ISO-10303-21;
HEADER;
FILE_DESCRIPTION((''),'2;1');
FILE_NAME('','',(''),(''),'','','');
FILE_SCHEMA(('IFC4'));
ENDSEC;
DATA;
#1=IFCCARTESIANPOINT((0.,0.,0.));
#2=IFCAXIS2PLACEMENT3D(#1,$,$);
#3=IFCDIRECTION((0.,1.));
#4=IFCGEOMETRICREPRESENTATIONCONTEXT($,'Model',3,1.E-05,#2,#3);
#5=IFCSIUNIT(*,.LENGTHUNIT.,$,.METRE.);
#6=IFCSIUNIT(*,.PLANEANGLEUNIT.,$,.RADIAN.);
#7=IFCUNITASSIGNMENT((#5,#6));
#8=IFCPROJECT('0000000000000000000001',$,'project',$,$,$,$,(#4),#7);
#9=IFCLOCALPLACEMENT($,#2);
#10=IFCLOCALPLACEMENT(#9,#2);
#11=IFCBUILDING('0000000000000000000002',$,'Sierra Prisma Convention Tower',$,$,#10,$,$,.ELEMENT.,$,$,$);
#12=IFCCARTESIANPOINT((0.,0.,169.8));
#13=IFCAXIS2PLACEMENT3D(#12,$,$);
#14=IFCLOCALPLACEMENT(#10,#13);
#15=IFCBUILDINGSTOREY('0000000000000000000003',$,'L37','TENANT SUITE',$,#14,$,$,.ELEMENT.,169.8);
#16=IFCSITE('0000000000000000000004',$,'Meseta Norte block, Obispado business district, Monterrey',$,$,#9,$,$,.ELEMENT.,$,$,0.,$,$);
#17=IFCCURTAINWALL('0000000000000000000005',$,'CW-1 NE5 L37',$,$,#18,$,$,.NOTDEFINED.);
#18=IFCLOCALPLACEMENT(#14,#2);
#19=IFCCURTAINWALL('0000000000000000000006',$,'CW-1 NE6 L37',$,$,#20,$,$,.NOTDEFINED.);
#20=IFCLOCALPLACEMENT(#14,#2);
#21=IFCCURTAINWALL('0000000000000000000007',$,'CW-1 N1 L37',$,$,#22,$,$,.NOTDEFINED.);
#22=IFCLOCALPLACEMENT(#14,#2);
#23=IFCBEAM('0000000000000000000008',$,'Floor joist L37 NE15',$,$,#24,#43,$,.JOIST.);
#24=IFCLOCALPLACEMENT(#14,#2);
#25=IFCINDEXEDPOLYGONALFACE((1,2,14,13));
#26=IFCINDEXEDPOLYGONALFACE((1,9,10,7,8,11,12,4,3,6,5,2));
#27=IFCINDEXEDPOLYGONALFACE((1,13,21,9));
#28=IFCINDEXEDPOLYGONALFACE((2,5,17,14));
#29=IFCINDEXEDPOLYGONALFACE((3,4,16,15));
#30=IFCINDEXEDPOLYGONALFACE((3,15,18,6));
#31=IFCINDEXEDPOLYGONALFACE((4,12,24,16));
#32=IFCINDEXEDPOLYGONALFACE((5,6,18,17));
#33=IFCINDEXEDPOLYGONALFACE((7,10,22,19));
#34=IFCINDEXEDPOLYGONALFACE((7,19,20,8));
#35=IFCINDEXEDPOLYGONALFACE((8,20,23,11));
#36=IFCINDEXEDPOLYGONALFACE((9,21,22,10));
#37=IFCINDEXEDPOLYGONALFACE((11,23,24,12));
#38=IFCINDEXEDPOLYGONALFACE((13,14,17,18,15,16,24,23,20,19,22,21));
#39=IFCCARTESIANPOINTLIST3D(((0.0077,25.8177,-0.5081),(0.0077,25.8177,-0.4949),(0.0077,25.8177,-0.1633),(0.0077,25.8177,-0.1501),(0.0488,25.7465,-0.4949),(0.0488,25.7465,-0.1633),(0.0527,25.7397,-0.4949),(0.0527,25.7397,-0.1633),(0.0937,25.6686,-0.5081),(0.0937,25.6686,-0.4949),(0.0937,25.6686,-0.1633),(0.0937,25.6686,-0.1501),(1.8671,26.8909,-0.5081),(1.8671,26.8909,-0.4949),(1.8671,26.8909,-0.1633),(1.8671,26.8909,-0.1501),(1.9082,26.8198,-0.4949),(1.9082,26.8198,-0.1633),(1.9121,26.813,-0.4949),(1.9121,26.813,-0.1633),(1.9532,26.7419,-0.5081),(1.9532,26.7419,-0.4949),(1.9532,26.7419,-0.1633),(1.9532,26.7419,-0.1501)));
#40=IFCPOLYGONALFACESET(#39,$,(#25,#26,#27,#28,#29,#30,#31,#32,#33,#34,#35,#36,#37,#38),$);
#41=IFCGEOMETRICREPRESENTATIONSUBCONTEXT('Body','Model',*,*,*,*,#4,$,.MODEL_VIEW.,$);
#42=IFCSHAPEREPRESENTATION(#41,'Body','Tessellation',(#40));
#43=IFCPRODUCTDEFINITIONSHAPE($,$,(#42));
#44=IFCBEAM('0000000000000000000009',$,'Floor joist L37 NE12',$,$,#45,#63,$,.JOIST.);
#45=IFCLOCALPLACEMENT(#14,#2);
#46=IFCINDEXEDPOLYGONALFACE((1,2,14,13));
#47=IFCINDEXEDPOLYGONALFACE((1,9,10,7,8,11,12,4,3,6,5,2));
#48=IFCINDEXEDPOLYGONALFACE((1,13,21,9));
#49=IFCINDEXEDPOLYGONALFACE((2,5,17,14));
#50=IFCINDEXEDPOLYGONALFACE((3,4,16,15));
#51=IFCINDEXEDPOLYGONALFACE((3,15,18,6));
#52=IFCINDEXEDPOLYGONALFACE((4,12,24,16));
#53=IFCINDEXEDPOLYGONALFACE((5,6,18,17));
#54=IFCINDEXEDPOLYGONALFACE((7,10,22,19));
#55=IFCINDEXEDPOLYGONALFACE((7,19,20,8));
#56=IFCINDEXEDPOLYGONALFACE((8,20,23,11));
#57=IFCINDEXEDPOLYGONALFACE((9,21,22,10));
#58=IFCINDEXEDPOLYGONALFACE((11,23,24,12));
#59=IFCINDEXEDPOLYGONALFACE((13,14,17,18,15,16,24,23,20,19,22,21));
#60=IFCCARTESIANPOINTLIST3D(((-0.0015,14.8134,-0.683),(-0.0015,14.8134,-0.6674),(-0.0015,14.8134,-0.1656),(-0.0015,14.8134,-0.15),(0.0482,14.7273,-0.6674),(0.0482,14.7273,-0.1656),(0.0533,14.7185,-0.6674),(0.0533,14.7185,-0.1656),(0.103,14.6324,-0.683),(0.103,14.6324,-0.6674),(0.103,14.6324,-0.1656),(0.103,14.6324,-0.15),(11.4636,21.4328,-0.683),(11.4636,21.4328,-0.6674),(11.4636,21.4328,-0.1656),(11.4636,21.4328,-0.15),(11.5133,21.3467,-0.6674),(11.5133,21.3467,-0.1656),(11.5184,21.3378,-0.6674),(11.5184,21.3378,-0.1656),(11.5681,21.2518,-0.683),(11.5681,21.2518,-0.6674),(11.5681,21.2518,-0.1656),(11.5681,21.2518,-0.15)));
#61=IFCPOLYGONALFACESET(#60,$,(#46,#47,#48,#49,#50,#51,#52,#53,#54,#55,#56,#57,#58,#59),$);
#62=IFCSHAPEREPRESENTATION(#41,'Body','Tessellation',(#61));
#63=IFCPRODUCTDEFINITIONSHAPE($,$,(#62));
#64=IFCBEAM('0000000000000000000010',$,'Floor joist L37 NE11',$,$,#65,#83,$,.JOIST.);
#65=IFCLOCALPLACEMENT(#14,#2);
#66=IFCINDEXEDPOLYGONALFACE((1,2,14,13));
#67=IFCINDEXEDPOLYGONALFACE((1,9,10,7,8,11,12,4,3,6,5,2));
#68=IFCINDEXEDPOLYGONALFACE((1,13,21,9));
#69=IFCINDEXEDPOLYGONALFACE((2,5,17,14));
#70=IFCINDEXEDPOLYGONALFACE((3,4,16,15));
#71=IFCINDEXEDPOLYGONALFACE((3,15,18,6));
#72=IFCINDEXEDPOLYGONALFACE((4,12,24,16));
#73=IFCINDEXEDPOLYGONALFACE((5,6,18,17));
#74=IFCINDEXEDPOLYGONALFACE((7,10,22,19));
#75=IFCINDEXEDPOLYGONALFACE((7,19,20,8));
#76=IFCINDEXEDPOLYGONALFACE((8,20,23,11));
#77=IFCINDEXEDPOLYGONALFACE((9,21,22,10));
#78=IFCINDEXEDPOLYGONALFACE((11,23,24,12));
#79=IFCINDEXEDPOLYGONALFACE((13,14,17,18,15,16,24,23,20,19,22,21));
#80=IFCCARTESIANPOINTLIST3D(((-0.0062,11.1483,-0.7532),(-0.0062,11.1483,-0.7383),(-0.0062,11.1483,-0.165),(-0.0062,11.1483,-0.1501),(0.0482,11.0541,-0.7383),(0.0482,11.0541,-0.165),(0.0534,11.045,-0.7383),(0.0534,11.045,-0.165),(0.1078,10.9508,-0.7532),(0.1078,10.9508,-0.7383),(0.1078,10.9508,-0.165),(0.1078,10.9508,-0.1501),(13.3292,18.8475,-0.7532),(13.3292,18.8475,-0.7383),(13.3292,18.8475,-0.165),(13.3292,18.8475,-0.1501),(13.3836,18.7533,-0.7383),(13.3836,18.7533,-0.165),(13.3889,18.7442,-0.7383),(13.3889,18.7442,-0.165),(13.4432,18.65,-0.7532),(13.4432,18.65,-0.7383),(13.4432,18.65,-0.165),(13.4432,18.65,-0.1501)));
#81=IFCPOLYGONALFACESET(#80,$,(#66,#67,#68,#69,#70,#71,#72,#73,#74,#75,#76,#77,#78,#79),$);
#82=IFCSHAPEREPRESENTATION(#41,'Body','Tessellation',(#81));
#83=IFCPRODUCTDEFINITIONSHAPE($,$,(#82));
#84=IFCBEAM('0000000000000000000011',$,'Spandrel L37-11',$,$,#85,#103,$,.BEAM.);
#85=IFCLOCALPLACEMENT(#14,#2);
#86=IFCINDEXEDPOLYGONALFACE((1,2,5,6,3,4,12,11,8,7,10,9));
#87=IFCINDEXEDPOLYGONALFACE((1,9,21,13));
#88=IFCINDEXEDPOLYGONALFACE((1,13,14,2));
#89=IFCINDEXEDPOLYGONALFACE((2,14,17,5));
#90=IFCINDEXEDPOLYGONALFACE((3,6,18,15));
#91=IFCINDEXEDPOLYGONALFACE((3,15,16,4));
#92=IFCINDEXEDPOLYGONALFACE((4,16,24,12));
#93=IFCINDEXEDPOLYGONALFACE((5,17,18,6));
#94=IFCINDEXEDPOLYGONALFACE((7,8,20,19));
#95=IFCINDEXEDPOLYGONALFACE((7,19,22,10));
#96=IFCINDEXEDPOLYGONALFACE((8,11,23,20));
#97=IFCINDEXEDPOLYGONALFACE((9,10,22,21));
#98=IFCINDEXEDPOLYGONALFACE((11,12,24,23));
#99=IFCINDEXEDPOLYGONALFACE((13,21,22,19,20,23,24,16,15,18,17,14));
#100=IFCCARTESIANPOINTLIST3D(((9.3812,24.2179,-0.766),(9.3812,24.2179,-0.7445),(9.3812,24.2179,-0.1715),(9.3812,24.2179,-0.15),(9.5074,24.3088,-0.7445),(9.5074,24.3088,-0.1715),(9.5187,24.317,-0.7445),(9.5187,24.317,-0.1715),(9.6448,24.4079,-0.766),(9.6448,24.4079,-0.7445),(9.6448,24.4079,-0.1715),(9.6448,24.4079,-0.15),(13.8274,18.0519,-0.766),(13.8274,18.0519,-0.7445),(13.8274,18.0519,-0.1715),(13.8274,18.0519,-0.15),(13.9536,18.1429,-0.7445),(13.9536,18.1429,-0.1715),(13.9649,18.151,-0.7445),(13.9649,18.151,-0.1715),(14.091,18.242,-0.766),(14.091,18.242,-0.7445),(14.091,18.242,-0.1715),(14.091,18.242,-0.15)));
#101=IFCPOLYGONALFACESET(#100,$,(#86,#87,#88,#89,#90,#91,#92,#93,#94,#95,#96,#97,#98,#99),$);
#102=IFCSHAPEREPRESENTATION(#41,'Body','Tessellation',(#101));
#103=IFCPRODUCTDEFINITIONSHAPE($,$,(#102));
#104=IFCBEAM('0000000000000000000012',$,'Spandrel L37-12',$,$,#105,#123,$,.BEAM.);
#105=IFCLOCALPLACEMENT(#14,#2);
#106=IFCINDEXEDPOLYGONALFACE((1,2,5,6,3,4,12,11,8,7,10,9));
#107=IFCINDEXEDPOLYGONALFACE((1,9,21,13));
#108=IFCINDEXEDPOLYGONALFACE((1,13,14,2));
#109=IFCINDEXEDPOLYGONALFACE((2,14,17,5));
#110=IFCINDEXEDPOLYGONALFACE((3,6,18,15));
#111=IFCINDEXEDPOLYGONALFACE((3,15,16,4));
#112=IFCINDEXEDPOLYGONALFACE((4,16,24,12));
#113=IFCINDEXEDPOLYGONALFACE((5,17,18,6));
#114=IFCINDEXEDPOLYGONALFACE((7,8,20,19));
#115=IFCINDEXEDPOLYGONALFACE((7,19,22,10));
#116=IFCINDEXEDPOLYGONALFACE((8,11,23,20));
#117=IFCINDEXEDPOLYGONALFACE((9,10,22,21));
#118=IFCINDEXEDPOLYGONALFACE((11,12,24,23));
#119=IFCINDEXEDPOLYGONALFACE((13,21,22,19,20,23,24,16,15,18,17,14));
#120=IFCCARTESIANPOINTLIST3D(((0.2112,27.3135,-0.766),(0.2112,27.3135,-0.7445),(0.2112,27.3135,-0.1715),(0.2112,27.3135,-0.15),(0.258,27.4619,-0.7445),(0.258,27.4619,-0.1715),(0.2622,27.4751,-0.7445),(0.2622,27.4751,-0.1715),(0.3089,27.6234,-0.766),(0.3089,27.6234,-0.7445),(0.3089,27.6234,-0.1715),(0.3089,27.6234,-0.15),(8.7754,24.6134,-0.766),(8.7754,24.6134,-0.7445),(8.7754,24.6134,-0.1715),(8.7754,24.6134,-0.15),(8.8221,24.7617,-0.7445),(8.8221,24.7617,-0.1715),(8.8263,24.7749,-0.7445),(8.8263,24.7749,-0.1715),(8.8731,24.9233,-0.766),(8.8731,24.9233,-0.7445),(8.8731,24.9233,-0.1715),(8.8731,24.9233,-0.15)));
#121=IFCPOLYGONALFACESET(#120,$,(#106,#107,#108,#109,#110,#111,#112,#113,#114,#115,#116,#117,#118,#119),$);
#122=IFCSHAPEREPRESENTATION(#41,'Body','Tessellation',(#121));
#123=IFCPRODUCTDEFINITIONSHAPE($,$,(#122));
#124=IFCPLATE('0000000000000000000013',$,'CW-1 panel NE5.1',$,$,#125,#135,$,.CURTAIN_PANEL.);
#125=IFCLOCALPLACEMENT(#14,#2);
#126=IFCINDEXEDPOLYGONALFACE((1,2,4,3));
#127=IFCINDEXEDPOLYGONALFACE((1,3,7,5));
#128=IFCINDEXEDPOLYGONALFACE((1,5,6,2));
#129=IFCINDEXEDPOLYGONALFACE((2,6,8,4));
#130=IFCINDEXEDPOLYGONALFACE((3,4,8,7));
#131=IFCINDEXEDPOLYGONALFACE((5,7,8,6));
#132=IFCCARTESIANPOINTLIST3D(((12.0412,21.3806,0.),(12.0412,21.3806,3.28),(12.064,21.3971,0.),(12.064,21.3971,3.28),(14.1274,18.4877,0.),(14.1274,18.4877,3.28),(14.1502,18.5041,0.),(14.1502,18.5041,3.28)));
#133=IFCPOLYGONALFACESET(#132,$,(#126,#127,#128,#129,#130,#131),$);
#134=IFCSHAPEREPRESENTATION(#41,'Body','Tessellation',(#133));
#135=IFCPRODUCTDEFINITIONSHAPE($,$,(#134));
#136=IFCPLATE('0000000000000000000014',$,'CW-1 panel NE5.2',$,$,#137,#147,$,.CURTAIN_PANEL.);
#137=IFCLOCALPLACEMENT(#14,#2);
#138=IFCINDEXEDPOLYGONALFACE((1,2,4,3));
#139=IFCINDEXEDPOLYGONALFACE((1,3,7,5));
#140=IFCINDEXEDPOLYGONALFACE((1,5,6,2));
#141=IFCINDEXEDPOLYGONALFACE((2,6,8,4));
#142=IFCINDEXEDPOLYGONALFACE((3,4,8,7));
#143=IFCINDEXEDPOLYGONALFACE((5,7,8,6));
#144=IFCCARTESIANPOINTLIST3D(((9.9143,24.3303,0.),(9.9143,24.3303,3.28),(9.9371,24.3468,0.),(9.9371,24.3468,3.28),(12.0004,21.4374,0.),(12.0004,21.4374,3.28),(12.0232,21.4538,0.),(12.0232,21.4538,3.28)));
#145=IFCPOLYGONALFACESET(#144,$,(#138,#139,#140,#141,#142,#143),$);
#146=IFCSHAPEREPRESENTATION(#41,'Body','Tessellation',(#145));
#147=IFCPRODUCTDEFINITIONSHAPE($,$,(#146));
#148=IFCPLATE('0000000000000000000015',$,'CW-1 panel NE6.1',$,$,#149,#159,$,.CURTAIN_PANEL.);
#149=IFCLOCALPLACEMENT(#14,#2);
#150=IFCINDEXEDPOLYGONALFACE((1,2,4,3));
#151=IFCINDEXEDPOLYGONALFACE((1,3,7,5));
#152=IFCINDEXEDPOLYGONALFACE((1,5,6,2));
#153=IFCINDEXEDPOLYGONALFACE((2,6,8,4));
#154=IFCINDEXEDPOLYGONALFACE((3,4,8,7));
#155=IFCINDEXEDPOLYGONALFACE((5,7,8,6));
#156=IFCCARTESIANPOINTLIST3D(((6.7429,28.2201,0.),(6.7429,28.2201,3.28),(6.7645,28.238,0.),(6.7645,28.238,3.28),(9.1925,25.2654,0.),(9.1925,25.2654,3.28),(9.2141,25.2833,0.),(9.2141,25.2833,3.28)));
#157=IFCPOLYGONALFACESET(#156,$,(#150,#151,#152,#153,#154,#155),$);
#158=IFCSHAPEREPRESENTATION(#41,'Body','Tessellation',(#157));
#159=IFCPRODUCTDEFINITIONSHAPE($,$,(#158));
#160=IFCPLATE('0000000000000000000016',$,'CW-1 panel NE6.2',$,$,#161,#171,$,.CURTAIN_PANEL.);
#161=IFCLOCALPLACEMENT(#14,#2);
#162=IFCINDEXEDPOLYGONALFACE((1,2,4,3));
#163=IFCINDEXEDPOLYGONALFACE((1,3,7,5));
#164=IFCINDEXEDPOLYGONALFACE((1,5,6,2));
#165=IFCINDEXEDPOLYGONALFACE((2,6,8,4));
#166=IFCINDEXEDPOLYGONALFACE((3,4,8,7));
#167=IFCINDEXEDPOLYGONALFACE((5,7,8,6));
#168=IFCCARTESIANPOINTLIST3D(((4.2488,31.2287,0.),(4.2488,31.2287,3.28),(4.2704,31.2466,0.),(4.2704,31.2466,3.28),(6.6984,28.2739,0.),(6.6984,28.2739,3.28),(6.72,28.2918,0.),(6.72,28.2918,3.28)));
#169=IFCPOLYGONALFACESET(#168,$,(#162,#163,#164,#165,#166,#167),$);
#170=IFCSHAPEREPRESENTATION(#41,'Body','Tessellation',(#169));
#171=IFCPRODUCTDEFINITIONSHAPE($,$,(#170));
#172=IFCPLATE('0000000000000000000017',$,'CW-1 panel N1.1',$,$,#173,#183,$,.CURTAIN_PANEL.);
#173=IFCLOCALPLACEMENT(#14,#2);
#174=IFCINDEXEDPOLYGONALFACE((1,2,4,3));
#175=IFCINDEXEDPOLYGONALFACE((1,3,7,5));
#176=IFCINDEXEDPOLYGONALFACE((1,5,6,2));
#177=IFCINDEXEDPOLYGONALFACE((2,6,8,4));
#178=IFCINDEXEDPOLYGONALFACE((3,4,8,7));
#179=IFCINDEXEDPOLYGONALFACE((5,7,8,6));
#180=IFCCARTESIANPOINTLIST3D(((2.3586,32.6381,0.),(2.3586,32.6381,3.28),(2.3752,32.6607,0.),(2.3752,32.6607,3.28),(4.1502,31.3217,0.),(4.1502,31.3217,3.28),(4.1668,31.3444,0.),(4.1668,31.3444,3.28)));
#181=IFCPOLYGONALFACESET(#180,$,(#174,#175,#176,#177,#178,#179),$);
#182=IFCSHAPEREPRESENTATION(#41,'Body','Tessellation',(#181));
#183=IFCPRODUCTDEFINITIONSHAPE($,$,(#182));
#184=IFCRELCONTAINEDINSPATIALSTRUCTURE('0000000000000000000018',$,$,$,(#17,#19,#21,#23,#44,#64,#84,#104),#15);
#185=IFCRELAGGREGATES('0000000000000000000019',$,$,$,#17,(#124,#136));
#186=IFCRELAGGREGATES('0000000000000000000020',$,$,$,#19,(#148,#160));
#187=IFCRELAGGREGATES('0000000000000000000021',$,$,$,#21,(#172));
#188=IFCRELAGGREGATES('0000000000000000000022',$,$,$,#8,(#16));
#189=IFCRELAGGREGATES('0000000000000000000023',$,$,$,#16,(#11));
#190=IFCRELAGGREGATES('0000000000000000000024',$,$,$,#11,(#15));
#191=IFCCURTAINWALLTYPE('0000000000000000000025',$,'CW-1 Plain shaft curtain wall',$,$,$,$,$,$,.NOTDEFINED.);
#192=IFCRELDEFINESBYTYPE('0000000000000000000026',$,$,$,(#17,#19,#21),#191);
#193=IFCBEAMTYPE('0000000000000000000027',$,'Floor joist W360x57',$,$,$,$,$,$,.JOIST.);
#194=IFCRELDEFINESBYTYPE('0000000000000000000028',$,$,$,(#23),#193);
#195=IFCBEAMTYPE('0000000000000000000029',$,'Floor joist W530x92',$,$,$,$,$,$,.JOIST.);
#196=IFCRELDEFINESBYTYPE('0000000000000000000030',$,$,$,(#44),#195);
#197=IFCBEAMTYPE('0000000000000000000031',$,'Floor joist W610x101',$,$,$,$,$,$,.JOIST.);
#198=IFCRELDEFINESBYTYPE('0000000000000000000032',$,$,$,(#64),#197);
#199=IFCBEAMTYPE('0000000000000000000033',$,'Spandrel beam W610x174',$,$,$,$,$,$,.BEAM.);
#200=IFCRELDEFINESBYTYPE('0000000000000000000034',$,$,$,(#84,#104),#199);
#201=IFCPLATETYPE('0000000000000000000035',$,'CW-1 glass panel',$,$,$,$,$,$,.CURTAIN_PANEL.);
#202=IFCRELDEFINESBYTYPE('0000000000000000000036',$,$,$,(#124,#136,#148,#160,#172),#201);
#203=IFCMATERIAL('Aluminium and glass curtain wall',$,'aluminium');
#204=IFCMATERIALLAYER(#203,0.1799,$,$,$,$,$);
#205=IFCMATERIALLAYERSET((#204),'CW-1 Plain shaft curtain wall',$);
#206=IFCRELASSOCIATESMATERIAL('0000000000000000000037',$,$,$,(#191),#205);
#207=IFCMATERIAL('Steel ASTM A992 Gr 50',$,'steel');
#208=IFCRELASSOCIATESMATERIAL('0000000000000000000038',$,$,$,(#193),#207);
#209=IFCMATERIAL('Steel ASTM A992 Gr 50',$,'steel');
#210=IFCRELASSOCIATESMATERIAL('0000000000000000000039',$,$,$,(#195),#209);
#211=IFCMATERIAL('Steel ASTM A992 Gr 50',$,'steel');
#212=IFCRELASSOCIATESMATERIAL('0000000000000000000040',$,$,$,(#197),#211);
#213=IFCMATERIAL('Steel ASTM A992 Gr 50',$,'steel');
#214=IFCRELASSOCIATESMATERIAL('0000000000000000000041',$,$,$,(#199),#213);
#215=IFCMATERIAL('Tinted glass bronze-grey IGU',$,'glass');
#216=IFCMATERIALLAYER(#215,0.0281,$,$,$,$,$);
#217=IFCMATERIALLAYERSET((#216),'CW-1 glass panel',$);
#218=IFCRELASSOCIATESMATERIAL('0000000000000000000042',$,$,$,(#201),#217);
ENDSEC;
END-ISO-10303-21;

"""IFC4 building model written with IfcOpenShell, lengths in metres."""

from ifc_helpers import new_model, si_unit, direction, frame, origin, origin_2d, place, context, subcontext, project, spatial, rectangle, i_section, extrude, material, layer, layer_set, material_profile, profile_set, type_object, element, aggregate, save


model = new_model("IFC4")

# Units and contexts
model_context = context("Model", 3, precision=1e-05, world=origin(), true_north=direction((0.0, 1.0)))
body_context = subcontext(model_context, "Body", "Model", "MODEL_VIEW")
ifc_project = project(units=[si_unit("LENGTHUNIT", "METRE"), si_unit("PLANEANGLEUNIT", "RADIAN")], contexts=[model_context])

# Site, building, storey
site_placement = place(None, origin())
site = spatial("IfcSite", under=ifc_project, at=site_placement, Name="Meseta Norte block, Obispado business district, Monterrey", CompositionType="ELEMENT", RefElevation=0.0)
building_placement = place(site_placement, origin())
building = spatial("IfcBuilding", under=site, at=building_placement, Name="Sierra Prisma Convention Tower", CompositionType="ELEMENT")
storey_placement = place(building_placement, frame((0.0, 0.0, 169.8)))
storey = spatial("IfcBuildingStorey", under=building, at=storey_placement, Name="L37", Description="TENANT SUITE", CompositionType="ELEMENT", Elevation=169.8)

# Curtain wall
ifc_material_1 = material(Name="Aluminium and glass curtain wall", Category="aluminium")
ifc_layer_1 = layer(ifc_material_1, 0.1799)
ifc_layer_set_1 = layer_set([ifc_layer_1], Name="CW-1 Plain shaft curtain wall")
curtain_wall_type = type_object("IfcCurtainWallType", Name="CW-1 Plain shaft curtain wall", PredefinedType="NOTDEFINED", material=ifc_layer_set_1)
curtain_wall_1_placement = place(storey_placement, origin())
curtain_wall_1 = element("IfcCurtainWall", 1, at=curtain_wall_1_placement, inside=storey, type_object=curtain_wall_type, Name="CW-1 NE5 L37", PredefinedType="NOTDEFINED")

# Curtain walls
curtain_wall_2_placement = place(storey_placement, origin())
curtain_wall_2 = element("IfcCurtainWall", 2, at=curtain_wall_2_placement, inside=storey, type_object=curtain_wall_type, Name="CW-1 NE6 L37", PredefinedType="NOTDEFINED")
curtain_wall_3_placement = place(storey_placement, origin())
curtain_wall_3 = element("IfcCurtainWall", 3, at=curtain_wall_3_placement, inside=storey, type_object=curtain_wall_type, Name="CW-1 N1 L37", PredefinedType="NOTDEFINED")

# Beams
ifc_material_2 = material(Name="Steel ASTM A992 Gr 50", Category="steel")
ifc_material_profile_1 = material_profile(ifc_material_2, i_section(OverallWidth=0.1721, OverallDepth=0.3579, WebThickness=0.0078, FlangeThickness=0.0132, at=origin_2d()), Name="W360x57")
ifc_profile_set_1 = profile_set([ifc_material_profile_1], Name="Steel ASTM A992 Gr 50")
beam_type_1 = type_object("IfcBeamType", Name="Floor joist W360x57", PredefinedType="JOIST", material=ifc_profile_set_1)
beam_1_placement = place(storey_placement, frame((1.9102, 26.8164, -0.3291), z_axis=(-0.86608, -0.499906, 0.0), x_axis=(0.499906, -0.86608, 0.0)))
element("IfcBeam", 4, at=beam_1_placement, inside=storey, type_object=beam_type_1, Name="Floor joist L37 NE15", PredefinedType="JOIST", context=body_context, shape_type="SweptSolid", body=[
    extrude(i_section(OverallWidth=0.1721, OverallDepth=0.3579, WebThickness=0.0078, FlangeThickness=0.0132, at=origin_2d()), origin(), (0.0, 0.0, 1.0), 2.147),
])
ifc_material_3 = material(Name="Steel ASTM A992 Gr 50", Category="steel")
ifc_material_profile_2 = material_profile(ifc_material_3, i_section(OverallWidth=0.209, OverallDepth=0.533, WebThickness=0.0103, FlangeThickness=0.0156, at=origin_2d()), Name="W530x92")
ifc_profile_set_2 = profile_set([ifc_material_profile_2], Name="Steel ASTM A992 Gr 50")
beam_type_2 = type_object("IfcBeamType", Name="Floor joist W530x92", PredefinedType="JOIST", material=ifc_profile_set_2)
beam_2_placement = place(storey_placement, frame((11.5159, 21.3423, -0.4165), z_axis=(-0.866025, -0.500001, 0.0), x_axis=(0.500001, -0.866025, 0.0)))
element("IfcBeam", 5, at=beam_2_placement, inside=storey, type_object=beam_type_2, Name="Floor joist L37 NE12", PredefinedType="JOIST", context=body_context, shape_type="SweptSolid", body=[
    extrude(i_section(OverallWidth=0.209, OverallDepth=0.533, WebThickness=0.0103, FlangeThickness=0.0156, at=origin_2d()), origin(), (0.0, 0.0, 1.0), 13.2388),
])
ifc_material_4 = material(Name="Steel ASTM A992 Gr 50", Category="steel")
ifc_material_profile_3 = material_profile(ifc_material_4, i_section(OverallWidth=0.228, OverallDepth=0.603, WebThickness=0.0105, FlangeThickness=0.0149, at=origin_2d()), Name="W610x101")
ifc_profile_set_3 = profile_set([ifc_material_profile_3], Name="Steel ASTM A992 Gr 50")
beam_type_3 = type_object("IfcBeamType", Name="Floor joist W610x101", PredefinedType="JOIST", material=ifc_profile_set_3)
beam_3_placement = place(storey_placement, frame((13.3862, 18.7488, -0.4517), z_axis=(-0.866026, -0.5, 0.0), x_axis=(0.5, -0.866026, 0.0)))
element("IfcBeam", 6, at=beam_3_placement, inside=storey, type_object=beam_type_3, Name="Floor joist L37 NE11", PredefinedType="JOIST", context=body_context, shape_type="SweptSolid", body=[
    extrude(i_section(OverallWidth=0.228, OverallDepth=0.603, WebThickness=0.0105, FlangeThickness=0.0149, at=origin_2d()), origin(), (0.0, 0.0, 1.0), 15.3984),
])
ifc_material_5 = material(Name="Steel ASTM A992 Gr 50", Category="steel")
ifc_material_profile_4 = material_profile(ifc_material_5, i_section(OverallWidth=0.325, OverallDepth=0.616, WebThickness=0.0139, FlangeThickness=0.0215, at=origin_2d()), Name="W610x174")
ifc_profile_set_4 = profile_set([ifc_material_profile_4], Name="Steel ASTM A992 Gr 50")
beam_type_4 = type_object("IfcBeamType", Name="Spandrel beam W610x174", PredefinedType="BEAM", material=ifc_profile_set_4)
beam_4_placement = place(storey_placement, frame((13.9592, 18.147, -0.458), z_axis=(-0.58489, 0.811113, 0.0), x_axis=(-0.811113, -0.58489, 0.0)))
element("IfcBeam", 7, at=beam_4_placement, inside=storey, type_object=beam_type_4, Name="Spandrel L37-11", PredefinedType="BEAM", context=body_context, shape_type="SweptSolid", body=[
    extrude(i_section(OverallWidth=0.325, OverallDepth=0.616, WebThickness=0.0139, FlangeThickness=0.0215, at=origin_2d()), origin(), (0.0, 0.0, 1.0), 7.6018),
])
beam_5_placement = place(storey_placement, frame((8.8242, 24.7683, -0.458), z_axis=(-0.95372, 0.300697, 0.0), x_axis=(-0.300697, -0.95372, 0.0)))
element("IfcBeam", 8, at=beam_5_placement, inside=storey, type_object=beam_type_4, Name="Spandrel L37-12", PredefinedType="BEAM", context=body_context, shape_type="SweptSolid", body=[
    extrude(i_section(OverallWidth=0.325, OverallDepth=0.616, WebThickness=0.0139, FlangeThickness=0.0215, at=origin_2d()), origin(), (0.0, 0.0, 1.0), 8.9797),
])

# Plates
ifc_material_6 = material(Name="Tinted glass bronze-grey IGU", Category="glass")
ifc_layer_2 = layer(ifc_material_6, 0.0281)
ifc_layer_set_2 = layer_set([ifc_layer_2], Name="CW-1 glass panel")
plate_type = type_object("IfcPlateType", Name="CW-1 glass panel", PredefinedType="CURTAIN_PANEL", material=ifc_layer_set_2)
plate_1_placement = place(storey_placement, frame((13.0957, 19.9424, 0.0), z_axis=(0.0, 0.0, 1.0), x_axis=(-0.584903, 0.811103, 0.0)))
plate_1 = element("IfcPlate", 9, at=plate_1_placement, type_object=plate_type, Name="CW-1 panel NE5.1", PredefinedType="CURTAIN_PANEL", context=body_context, shape_type="SweptSolid", body=[
    extrude(rectangle(XDim=3.5667, YDim=0.0281, at=origin_2d()), origin(), (0.0, 0.0, 1.0), 3.28),
])
plate_2_placement = place(storey_placement, frame((10.9688, 22.8921, 0.0), z_axis=(0.0, 0.0, 1.0), x_axis=(-0.584903, 0.811103, 0.0)))
plate_2 = element("IfcPlate", 10, at=plate_2_placement, type_object=plate_type, Name="CW-1 panel NE5.2", PredefinedType="CURTAIN_PANEL", context=body_context, shape_type="SweptSolid", body=[
    extrude(rectangle(XDim=3.5667, YDim=0.0281, at=origin_2d()), origin(), (0.0, 0.0, 1.0), 3.28),
])
aggregate(curtain_wall_1, [plate_1, plate_2])
plate_3_placement = place(storey_placement, frame((7.9785, 26.7517, 0.0), z_axis=(0.0, 0.0, 1.0), x_axis=(-0.638234, 0.769843, 0.0)))
plate_3 = element("IfcPlate", 11, at=plate_3_placement, type_object=plate_type, Name="CW-1 panel NE6.1", PredefinedType="CURTAIN_PANEL", context=body_context, shape_type="SweptSolid", body=[
    extrude(rectangle(XDim=3.8381, YDim=0.0281, at=origin_2d()), origin(), (0.0, 0.0, 1.0), 3.28),
])
plate_4_placement = place(storey_placement, frame((5.4844, 29.7603, 0.0), z_axis=(0.0, 0.0, 1.0), x_axis=(-0.638234, 0.769843, 0.0)))
plate_4 = element("IfcPlate", 12, at=plate_4_placement, type_object=plate_type, Name="CW-1 panel NE6.2", PredefinedType="CURTAIN_PANEL", context=body_context, shape_type="SweptSolid", body=[
    extrude(rectangle(XDim=3.8381, YDim=0.0281, at=origin_2d()), origin(), (0.0, 0.0, 1.0), 3.28),
])
aggregate(curtain_wall_2, [plate_3, plate_4])
plate_5_placement = place(storey_placement, frame((3.2627, 31.9912, 0.0), z_axis=(0.0, 0.0, 1.0), x_axis=(-0.805868, 0.592095, 0.0)))
plate_5 = element("IfcPlate", 13, at=plate_5_placement, type_object=plate_type, Name="CW-1 panel N1.1", PredefinedType="CURTAIN_PANEL", context=body_context, shape_type="SweptSolid", body=[
    extrude(rectangle(XDim=2.2231, YDim=0.0281, at=origin_2d()), origin(), (0.0, 0.0, 1.0), 3.28),
])
aggregate(curtain_wall_3, [plate_5])

save(model, "model.ifc")
